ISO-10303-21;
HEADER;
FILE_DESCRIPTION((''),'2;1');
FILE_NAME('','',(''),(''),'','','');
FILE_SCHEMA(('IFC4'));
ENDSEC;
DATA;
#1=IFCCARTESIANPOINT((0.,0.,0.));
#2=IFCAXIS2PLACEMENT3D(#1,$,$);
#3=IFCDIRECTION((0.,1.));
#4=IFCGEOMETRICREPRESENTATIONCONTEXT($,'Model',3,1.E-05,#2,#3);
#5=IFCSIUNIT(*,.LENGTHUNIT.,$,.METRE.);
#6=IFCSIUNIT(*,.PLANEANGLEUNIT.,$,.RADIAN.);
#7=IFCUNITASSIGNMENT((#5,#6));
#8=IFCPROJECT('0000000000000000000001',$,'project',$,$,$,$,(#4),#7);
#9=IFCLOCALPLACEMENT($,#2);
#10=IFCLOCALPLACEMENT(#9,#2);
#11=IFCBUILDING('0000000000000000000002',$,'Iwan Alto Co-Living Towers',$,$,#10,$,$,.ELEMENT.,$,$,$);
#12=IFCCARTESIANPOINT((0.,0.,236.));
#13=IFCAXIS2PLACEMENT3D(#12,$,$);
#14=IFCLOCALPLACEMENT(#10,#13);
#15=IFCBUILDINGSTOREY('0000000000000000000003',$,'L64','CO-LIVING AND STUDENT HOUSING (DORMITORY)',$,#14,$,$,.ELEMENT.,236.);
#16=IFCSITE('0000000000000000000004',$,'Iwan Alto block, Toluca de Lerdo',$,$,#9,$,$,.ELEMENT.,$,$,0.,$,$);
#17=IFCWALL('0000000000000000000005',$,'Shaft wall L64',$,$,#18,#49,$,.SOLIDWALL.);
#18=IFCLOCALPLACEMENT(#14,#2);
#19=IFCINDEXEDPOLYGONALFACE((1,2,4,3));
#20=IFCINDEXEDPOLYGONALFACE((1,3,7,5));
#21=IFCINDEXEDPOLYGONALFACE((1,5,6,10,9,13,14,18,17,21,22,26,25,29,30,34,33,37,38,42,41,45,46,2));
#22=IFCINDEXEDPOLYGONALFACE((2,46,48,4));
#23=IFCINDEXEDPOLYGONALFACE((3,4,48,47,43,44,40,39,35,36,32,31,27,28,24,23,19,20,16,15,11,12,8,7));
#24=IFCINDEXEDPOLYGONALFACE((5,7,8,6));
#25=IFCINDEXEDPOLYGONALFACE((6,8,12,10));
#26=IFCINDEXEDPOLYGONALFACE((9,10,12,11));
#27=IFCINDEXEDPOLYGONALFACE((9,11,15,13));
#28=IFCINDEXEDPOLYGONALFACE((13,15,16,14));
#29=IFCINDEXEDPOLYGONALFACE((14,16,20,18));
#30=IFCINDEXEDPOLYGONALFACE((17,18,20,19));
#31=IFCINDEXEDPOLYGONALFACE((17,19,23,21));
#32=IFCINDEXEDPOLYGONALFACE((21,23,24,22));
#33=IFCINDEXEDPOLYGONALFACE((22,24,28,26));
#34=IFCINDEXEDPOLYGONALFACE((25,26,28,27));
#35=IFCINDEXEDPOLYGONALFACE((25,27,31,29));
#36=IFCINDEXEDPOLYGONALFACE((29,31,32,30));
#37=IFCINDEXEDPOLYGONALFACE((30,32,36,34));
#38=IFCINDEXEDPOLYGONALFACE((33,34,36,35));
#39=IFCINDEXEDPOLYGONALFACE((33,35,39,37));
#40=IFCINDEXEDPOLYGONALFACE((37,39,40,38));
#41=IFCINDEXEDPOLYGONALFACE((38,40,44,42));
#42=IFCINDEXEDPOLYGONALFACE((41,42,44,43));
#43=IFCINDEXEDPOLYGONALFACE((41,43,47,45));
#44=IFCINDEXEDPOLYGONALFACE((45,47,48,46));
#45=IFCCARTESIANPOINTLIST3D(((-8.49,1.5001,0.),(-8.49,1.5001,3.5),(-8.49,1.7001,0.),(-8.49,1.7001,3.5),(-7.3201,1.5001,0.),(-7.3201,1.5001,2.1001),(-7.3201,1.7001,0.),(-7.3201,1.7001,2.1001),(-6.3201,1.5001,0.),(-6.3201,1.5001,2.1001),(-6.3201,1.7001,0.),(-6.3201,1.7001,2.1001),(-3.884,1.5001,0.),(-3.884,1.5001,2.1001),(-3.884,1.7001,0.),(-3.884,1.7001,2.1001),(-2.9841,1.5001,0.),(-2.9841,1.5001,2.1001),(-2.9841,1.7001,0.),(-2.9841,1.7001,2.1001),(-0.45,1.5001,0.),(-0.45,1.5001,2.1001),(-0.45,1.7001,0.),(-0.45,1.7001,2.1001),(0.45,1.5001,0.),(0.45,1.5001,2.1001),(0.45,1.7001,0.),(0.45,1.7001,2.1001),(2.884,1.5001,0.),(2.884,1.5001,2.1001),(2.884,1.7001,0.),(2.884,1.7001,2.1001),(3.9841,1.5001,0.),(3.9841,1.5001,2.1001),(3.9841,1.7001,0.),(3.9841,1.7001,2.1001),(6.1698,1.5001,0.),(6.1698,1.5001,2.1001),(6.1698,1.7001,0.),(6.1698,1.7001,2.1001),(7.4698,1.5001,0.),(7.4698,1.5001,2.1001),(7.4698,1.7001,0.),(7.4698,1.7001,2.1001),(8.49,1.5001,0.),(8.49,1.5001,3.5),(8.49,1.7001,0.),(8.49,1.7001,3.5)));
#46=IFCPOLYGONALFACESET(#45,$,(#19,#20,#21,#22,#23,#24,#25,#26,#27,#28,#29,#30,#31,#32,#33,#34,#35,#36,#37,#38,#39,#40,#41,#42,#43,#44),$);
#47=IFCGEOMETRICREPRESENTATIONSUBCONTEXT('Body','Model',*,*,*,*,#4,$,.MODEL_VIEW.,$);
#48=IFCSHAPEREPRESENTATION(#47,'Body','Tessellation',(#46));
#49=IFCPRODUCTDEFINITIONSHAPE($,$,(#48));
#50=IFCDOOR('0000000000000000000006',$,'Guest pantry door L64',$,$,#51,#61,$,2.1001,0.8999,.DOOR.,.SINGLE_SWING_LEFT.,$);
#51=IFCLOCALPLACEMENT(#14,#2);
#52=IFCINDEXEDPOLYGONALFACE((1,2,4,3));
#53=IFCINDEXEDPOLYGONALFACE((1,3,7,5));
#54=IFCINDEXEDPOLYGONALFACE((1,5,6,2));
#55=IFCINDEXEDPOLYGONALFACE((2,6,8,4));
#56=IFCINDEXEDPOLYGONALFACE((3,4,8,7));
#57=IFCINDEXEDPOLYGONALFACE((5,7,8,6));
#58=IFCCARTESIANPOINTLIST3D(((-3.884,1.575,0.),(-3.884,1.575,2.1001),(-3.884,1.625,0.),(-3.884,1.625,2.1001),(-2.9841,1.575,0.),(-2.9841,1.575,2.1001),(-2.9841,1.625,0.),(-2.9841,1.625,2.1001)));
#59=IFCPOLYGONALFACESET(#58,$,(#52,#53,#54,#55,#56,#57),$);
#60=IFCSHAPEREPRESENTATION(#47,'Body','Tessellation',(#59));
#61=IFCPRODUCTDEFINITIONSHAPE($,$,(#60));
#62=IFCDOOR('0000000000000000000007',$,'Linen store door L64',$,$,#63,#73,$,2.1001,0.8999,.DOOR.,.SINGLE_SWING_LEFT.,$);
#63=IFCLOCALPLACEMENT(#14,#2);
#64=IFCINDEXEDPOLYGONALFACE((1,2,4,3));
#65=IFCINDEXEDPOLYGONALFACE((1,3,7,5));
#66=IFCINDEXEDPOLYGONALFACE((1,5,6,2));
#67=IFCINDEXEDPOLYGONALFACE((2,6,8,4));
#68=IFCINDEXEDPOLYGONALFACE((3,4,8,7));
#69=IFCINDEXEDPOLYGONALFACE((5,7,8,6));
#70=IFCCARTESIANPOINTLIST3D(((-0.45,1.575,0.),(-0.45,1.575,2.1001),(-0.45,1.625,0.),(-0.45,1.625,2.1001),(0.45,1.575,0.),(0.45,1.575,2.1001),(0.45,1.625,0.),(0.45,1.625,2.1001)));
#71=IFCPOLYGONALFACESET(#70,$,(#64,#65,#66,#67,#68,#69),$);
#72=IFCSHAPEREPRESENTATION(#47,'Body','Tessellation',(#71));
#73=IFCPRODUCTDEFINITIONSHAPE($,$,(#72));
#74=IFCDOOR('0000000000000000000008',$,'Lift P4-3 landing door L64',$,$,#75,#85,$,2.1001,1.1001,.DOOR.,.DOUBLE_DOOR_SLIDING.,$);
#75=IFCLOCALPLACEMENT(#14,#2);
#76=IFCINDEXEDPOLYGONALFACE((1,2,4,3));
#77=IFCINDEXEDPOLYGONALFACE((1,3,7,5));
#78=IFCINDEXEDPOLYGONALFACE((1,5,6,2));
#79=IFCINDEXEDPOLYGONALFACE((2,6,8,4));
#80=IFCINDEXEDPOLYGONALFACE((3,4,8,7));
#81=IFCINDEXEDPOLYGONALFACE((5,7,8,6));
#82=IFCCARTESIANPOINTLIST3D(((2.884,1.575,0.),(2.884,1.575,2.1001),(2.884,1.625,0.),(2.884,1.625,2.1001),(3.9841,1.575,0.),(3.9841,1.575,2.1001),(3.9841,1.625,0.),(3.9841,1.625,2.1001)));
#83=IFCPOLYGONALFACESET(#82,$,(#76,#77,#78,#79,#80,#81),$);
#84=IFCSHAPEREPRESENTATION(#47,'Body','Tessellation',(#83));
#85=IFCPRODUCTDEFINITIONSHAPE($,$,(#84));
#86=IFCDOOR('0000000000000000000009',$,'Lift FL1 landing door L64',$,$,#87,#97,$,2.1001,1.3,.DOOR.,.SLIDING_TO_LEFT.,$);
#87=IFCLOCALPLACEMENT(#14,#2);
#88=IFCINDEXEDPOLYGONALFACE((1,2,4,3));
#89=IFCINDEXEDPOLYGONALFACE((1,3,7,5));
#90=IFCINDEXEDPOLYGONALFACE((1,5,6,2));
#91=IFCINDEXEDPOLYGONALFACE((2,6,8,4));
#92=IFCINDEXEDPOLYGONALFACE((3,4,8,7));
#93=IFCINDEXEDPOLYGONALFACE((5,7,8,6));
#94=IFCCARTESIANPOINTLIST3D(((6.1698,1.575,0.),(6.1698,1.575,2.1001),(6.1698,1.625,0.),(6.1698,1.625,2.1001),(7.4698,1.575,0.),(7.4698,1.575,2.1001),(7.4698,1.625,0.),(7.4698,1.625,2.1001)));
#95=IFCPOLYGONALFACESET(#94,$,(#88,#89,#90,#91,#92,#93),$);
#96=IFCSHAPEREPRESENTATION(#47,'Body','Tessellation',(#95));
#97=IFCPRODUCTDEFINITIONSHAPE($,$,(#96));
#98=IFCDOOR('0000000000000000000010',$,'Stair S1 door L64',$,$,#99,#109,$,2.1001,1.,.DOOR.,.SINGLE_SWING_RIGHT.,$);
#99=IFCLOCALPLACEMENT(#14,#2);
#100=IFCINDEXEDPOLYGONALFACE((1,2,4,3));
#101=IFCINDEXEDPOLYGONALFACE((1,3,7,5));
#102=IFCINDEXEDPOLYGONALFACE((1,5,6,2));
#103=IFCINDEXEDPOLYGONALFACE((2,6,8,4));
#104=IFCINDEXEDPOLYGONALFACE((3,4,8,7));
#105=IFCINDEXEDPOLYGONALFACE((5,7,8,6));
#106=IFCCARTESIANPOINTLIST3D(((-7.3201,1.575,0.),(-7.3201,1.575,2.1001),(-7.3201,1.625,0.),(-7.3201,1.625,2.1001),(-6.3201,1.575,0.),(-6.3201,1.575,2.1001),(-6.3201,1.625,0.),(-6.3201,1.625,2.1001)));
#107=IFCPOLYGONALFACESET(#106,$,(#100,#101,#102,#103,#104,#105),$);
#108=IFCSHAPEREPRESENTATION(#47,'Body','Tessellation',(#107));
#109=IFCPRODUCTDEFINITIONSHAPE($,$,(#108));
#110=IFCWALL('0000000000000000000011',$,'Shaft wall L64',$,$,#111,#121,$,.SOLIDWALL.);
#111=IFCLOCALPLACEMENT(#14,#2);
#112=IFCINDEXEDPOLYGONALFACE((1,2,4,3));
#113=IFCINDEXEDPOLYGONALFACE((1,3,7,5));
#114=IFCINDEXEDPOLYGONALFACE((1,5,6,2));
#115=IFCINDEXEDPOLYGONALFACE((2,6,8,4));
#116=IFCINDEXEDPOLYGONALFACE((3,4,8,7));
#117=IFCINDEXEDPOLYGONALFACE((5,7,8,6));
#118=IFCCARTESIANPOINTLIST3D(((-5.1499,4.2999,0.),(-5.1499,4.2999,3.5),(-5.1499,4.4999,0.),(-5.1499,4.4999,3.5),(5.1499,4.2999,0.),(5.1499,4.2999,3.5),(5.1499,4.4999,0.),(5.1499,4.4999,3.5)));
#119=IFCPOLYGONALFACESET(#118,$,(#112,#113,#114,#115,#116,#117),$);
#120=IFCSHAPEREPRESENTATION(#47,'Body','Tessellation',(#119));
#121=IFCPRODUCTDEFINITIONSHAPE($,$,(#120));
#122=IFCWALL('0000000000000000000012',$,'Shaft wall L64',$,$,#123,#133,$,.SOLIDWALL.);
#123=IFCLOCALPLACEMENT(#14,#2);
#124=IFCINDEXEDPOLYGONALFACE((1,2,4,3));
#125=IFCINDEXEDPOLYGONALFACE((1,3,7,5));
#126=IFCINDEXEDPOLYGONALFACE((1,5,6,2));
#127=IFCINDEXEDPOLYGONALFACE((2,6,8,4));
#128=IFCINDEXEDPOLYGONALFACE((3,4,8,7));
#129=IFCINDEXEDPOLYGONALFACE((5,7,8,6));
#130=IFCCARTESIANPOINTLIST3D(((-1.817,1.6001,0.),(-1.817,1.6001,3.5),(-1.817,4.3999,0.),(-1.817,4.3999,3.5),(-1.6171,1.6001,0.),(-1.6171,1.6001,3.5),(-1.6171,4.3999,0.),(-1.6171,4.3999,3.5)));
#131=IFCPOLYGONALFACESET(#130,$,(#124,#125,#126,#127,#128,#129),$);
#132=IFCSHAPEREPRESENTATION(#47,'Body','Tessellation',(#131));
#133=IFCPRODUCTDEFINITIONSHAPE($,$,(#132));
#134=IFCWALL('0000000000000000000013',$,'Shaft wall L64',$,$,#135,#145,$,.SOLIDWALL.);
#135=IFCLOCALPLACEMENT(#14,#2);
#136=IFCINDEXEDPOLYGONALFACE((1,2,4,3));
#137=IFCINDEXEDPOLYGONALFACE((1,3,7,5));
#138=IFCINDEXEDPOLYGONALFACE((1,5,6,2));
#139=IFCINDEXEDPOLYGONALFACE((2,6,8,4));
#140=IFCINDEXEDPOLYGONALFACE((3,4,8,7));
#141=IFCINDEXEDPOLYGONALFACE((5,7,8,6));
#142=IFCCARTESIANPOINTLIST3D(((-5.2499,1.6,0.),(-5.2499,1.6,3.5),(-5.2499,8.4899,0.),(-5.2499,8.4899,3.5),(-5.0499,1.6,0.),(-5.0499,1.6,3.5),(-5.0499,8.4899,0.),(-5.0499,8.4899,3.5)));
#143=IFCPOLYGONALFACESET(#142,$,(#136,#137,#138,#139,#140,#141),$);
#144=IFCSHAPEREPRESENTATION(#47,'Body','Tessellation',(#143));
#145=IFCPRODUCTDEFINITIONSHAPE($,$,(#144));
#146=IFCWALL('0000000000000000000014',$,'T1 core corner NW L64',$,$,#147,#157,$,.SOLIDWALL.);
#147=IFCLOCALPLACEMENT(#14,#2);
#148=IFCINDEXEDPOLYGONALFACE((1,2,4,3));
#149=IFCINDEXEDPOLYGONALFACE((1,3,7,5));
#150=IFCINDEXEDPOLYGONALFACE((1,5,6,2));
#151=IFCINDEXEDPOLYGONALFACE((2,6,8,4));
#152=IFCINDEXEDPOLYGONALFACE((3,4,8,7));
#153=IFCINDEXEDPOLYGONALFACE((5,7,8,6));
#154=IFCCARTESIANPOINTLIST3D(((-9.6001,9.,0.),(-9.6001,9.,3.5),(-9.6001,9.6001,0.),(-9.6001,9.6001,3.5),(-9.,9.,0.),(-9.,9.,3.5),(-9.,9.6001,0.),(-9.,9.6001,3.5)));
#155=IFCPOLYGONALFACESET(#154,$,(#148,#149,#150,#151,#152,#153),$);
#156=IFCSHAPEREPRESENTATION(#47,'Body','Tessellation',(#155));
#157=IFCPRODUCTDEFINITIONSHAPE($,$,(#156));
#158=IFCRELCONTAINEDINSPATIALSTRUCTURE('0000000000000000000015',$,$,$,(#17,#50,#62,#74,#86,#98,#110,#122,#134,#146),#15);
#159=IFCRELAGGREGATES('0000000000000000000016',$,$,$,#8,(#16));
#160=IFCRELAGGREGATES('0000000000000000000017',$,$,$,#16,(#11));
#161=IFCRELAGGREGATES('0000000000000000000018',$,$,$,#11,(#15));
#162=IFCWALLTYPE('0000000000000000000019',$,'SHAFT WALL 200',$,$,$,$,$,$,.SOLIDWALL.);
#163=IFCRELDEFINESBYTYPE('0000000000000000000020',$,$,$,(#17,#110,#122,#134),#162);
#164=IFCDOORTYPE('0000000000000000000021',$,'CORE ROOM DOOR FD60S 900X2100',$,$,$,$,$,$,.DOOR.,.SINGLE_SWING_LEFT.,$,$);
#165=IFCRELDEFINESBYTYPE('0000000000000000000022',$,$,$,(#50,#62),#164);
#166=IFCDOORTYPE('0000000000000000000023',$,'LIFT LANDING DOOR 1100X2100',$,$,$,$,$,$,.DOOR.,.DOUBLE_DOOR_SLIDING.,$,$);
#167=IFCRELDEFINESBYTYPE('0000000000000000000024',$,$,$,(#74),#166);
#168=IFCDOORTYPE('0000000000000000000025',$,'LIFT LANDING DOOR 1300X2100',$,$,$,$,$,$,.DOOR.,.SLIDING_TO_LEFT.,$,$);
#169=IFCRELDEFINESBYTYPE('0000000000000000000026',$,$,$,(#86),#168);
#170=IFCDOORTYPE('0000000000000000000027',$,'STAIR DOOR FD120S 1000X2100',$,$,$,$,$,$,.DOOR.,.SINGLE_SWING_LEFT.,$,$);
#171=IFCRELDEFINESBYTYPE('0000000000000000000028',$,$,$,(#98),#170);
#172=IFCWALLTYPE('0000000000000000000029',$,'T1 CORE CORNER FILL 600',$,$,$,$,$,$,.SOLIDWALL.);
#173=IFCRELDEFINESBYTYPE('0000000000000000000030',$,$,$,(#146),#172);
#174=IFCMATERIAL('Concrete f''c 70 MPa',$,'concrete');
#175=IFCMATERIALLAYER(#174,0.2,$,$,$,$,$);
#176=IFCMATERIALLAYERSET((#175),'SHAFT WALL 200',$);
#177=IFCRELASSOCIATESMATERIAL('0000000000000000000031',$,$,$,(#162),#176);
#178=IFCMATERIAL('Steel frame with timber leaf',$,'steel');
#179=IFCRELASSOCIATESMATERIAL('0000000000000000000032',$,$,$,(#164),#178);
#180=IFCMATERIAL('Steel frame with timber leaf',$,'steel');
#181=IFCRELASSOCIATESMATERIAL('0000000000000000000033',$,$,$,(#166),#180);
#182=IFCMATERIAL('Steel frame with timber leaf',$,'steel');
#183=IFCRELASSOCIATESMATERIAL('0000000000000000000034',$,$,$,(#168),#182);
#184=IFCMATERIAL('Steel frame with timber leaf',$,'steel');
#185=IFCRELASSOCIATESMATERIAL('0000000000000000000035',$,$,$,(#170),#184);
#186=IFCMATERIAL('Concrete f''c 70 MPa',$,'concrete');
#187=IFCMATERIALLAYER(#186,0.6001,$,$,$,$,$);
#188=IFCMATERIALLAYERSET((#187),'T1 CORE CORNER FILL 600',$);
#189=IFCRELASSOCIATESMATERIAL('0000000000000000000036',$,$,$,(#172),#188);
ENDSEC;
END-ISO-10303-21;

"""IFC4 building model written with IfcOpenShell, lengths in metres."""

from ifc_helpers import new_model, si_unit, direction, frame, frame_2d, origin, place, context, subcontext, project, spatial, rectangle, extrude, material, layer, layer_set, type_object, element, fill, save


model = new_model("IFC4")

# Units and contexts
model_context = context("Model", 3, precision=1e-05, world=origin(), true_north=direction((0.0, 1.0)))
body_context = subcontext(model_context, "Body", "Model", "MODEL_VIEW")
ifc_project = project(units=[si_unit("LENGTHUNIT", "METRE"), si_unit("PLANEANGLEUNIT", "RADIAN")], contexts=[model_context])

# Site, building, storey
site_placement = place(None, origin())
site = spatial("IfcSite", under=ifc_project, at=site_placement, Name="Iwan Alto block, Toluca de Lerdo", CompositionType="ELEMENT", RefElevation=0.0)
building_placement = place(site_placement, origin())
building = spatial("IfcBuilding", under=site, at=building_placement, Name="Iwan Alto Co-Living Towers", CompositionType="ELEMENT")
storey_placement = place(building_placement, frame((0.0, 0.0, 236.0)))
storey = spatial("IfcBuildingStorey", under=building, at=storey_placement, Name="L64", Description="CO-LIVING AND STUDENT HOUSING (DORMITORY)", CompositionType="ELEMENT", Elevation=236.0)

# Wall, openings, doors
ifc_material_1 = material(Name="Concrete f'c 70 MPa", Category="concrete")
ifc_layer_1 = layer(ifc_material_1, 0.2)
ifc_layer_set_1 = layer_set([ifc_layer_1], Name="SHAFT WALL 200")
wall_type_1 = type_object("IfcWallType", Name="SHAFT WALL 200", PredefinedType="SOLIDWALL", material=ifc_layer_set_1)
wall_1_placement = place(storey_placement, frame((-8.49, 1.6001, 0.0), z_axis=(0.0, 0.0, 1.0), x_axis=(1.0, 0.0, 0.0)))
wall_1 = element("IfcWall", 1, at=wall_1_placement, inside=storey, type_object=wall_type_1, Name="Shaft wall L64", PredefinedType="SOLIDWALL", context=body_context, shape_type="SweptSolid", body=[
    extrude(rectangle(XDim=16.98, YDim=0.2, at=frame_2d((8.49, 0.0))), origin(), (0.0, 0.0, 1.0), 3.5),
])
opening_1_placement = place(wall_1_placement, frame((1.1699, 0.0, 0.0)))
opening_1 = element("IfcOpeningElement", 2, at=opening_1_placement, cuts=wall_1, PredefinedType="OPENING", context=body_context, shape_type="SweptSolid", body=[
    extrude(rectangle(XDim=1.0, YDim=2.1001, at=frame_2d((0.5, 1.05))), frame((0.0, 0.1099, 0.0), z_axis=(0.0, -1.0, 0.0), x_axis=(1.0, 0.0, 0.0)), (0.0, 0.0, 1.0), 0.22),
])
opening_2_placement = place(wall_1_placement, frame((4.606, 0.0, 0.0)))
opening_2 = element("IfcOpeningElement", 3, at=opening_2_placement, cuts=wall_1, PredefinedType="OPENING", context=body_context, shape_type="SweptSolid", body=[
    extrude(rectangle(XDim=0.8999, YDim=2.1001, at=frame_2d((0.45, 1.05))), frame((0.0, 0.1099, 0.0), z_axis=(0.0, -1.0, 0.0), x_axis=(1.0, 0.0, 0.0)), (0.0, 0.0, 1.0), 0.22),
])
opening_3_placement = place(wall_1_placement, frame((8.04, 0.0, 0.0)))
opening_3 = element("IfcOpeningElement", 4, at=opening_3_placement, cuts=wall_1, PredefinedType="OPENING", context=body_context, shape_type="SweptSolid", body=[
    extrude(rectangle(XDim=0.8999, YDim=2.1001, at=frame_2d((0.45, 1.05))), frame((0.0, 0.1099, 0.0), z_axis=(0.0, -1.0, 0.0), x_axis=(1.0, 0.0, 0.0)), (0.0, 0.0, 1.0), 0.22),
])
opening_4_placement = place(wall_1_placement, frame((11.374, 0.0, 0.0)))
opening_4 = element("IfcOpeningElement", 5, at=opening_4_placement, cuts=wall_1, PredefinedType="OPENING", context=body_context, shape_type="SweptSolid", body=[
    extrude(rectangle(XDim=1.1001, YDim=2.1001, at=frame_2d((0.55, 1.05))), frame((0.0, 0.1099, 0.0), z_axis=(0.0, -1.0, 0.0), x_axis=(1.0, 0.0, 0.0)), (0.0, 0.0, 1.0), 0.22),
])
opening_5_placement = place(wall_1_placement, frame((14.6599, 0.0, 0.0)))
opening_5 = element("IfcOpeningElement", 6, at=opening_5_placement, cuts=wall_1, PredefinedType="OPENING", context=body_context, shape_type="SweptSolid", body=[
    extrude(rectangle(XDim=1.3, YDim=2.1001, at=frame_2d((0.6499, 1.05))), frame((0.0, 0.1099, 0.0), z_axis=(0.0, -1.0, 0.0), x_axis=(1.0, 0.0, 0.0)), (0.0, 0.0, 1.0), 0.22),
])
ifc_material_2 = material(Name="Steel frame with timber leaf", Category="steel")
door_type_1 = type_object("IfcDoorType", Name="CORE ROOM DOOR FD60S 900X2100", OperationType="SINGLE_SWING_LEFT", PredefinedType="DOOR", material=ifc_material_2)
door_1_placement = place(opening_2_placement, origin())
door_1 = element("IfcDoor", 7, at=door_1_placement, inside=storey, type_object=door_type_1, Name="Guest pantry door L64", OperationType="SINGLE_SWING_LEFT", OverallHeight=2.1001, OverallWidth=0.8999, PredefinedType="DOOR", context=body_context, shape_type="SweptSolid", body=[
    extrude(rectangle(XDim=0.8999, YDim=2.1001, at=frame_2d((0.45, 1.05))), frame((0.0, 0.0249, 0.0), z_axis=(0.0, -1.0, 0.0), x_axis=(1.0, 0.0, 0.0)), (0.0, 0.0, 1.0), 0.05),
])
fill(opening_2, door_1)
door_2_placement = place(opening_3_placement, origin())
door_2 = element("IfcDoor", 8, at=door_2_placement, inside=storey, type_object=door_type_1, Name="Linen store door L64", OperationType="SINGLE_SWING_LEFT", OverallHeight=2.1001, OverallWidth=0.8999, PredefinedType="DOOR", context=body_context, shape_type="SweptSolid", body=[
    extrude(rectangle(XDim=0.8999, YDim=2.1001, at=frame_2d((0.45, 1.05))), frame((0.0, 0.0249, 0.0), z_axis=(0.0, -1.0, 0.0), x_axis=(1.0, 0.0, 0.0)), (0.0, 0.0, 1.0), 0.05),
])
fill(opening_3, door_2)
ifc_material_3 = material(Name="Steel frame with timber leaf", Category="steel")
door_type_2 = type_object("IfcDoorType", Name="LIFT LANDING DOOR 1100X2100", OperationType="DOUBLE_DOOR_SLIDING", PredefinedType="DOOR", material=ifc_material_3)
door_3_placement = place(opening_4_placement, origin())
door_3 = element("IfcDoor", 9, at=door_3_placement, inside=storey, type_object=door_type_2, Name="Lift P4-3 landing door L64", OperationType="DOUBLE_DOOR_SLIDING", OverallHeight=2.1001, OverallWidth=1.1001, PredefinedType="DOOR", context=body_context, shape_type="SweptSolid", body=[
    extrude(rectangle(XDim=1.1001, YDim=2.1001, at=frame_2d((0.55, 1.05))), frame((0.0, 0.0249, 0.0), z_axis=(0.0, -1.0, 0.0), x_axis=(1.0, 0.0, 0.0)), (0.0, 0.0, 1.0), 0.05),
])
fill(opening_4, door_3)
ifc_material_4 = material(Name="Steel frame with timber leaf", Category="steel")
door_type_3 = type_object("IfcDoorType", Name="LIFT LANDING DOOR 1300X2100", OperationType="SLIDING_TO_LEFT", PredefinedType="DOOR", material=ifc_material_4)
door_4_placement = place(opening_5_placement, origin())
door_4 = element("IfcDoor", 10, at=door_4_placement, inside=storey, type_object=door_type_3, Name="Lift FL1 landing door L64", OperationType="SLIDING_TO_LEFT", OverallHeight=2.1001, OverallWidth=1.3, PredefinedType="DOOR", context=body_context, shape_type="SweptSolid", body=[
    extrude(rectangle(XDim=1.3, YDim=2.1001, at=frame_2d((0.6499, 1.05))), frame((0.0, 0.0249, 0.0), z_axis=(0.0, -1.0, 0.0), x_axis=(1.0, 0.0, 0.0)), (0.0, 0.0, 1.0), 0.05),
])
fill(opening_5, door_4)
ifc_material_5 = material(Name="Steel frame with timber leaf", Category="steel")
door_type_4 = type_object("IfcDoorType", Name="STAIR DOOR FD120S 1000X2100", OperationType="SINGLE_SWING_LEFT", PredefinedType="DOOR", material=ifc_material_5)
door_5_placement = place(opening_1_placement, origin())
door_5 = element("IfcDoor", 11, at=door_5_placement, inside=storey, type_object=door_type_4, Name="Stair S1 door L64", OperationType="SINGLE_SWING_RIGHT", OverallHeight=2.1001, OverallWidth=1.0, PredefinedType="DOOR", context=body_context, shape_type="SweptSolid", body=[
    extrude(rectangle(XDim=1.0, YDim=2.1001, at=frame_2d((0.5, 1.05))), frame((0.0, 0.0249, 0.0), z_axis=(0.0, -1.0, 0.0), x_axis=(1.0, 0.0, 0.0)), (0.0, 0.0, 1.0), 0.05),
])
fill(opening_1, door_5)

# Walls
wall_2_placement = place(storey_placement, frame((-5.1499, 4.3999, 0.0), z_axis=(0.0, 0.0, 1.0), x_axis=(1.0, 0.0, 0.0)))
element("IfcWall", 12, at=wall_2_placement, inside=storey, type_object=wall_type_1, Name="Shaft wall L64", PredefinedType="SOLIDWALL", context=body_context, shape_type="SweptSolid", body=[
    extrude(rectangle(XDim=10.2998, YDim=0.2, at=frame_2d((5.1499, 0.0))), origin(), (0.0, 0.0, 1.0), 3.5),
])
wall_3_placement = place(storey_placement, frame((-1.717, 1.6001, 0.0), z_axis=(0.0, 0.0, 1.0), x_axis=(0.0, 1.0, 0.0)))
element("IfcWall", 13, at=wall_3_placement, inside=storey, type_object=wall_type_1, Name="Shaft wall L64", PredefinedType="SOLIDWALL", context=body_context, shape_type="SweptSolid", body=[
    extrude(rectangle(XDim=2.7998, YDim=0.2, at=frame_2d((1.3999, 0.0))), origin(), (0.0, 0.0, 1.0), 3.5),
])
wall_4_placement = place(storey_placement, frame((-5.1499, 1.6001, 0.0), z_axis=(0.0, 0.0, 1.0), x_axis=(0.0, 1.0, 0.0)))
element("IfcWall", 14, at=wall_4_placement, inside=storey, type_object=wall_type_1, Name="Shaft wall L64", PredefinedType="SOLIDWALL", context=body_context, shape_type="SweptSolid", body=[
    extrude(rectangle(XDim=6.8899, YDim=0.2, at=frame_2d((3.4448, 0.0))), origin(), (0.0, 0.0, 1.0), 3.5),
])
ifc_material_6 = material(Name="Concrete f'c 70 MPa", Category="concrete")
ifc_layer_2 = layer(ifc_material_6, 0.6001)
ifc_layer_set_2 = layer_set([ifc_layer_2], Name="T1 CORE CORNER FILL 600")
wall_type_2 = type_object("IfcWallType", Name="T1 CORE CORNER FILL 600", PredefinedType="SOLIDWALL", material=ifc_layer_set_2)
wall_5_placement = place(storey_placement, frame((-9.6001, 9.3, 0.0), z_axis=(0.0, 0.0, 1.0), x_axis=(1.0, 0.0, 0.0)))
element("IfcWall", 15, at=wall_5_placement, inside=storey, type_object=wall_type_2, Name="T1 core corner NW L64", PredefinedType="SOLIDWALL", context=body_context, shape_type="SweptSolid", body=[
    extrude(rectangle(XDim=0.6001, YDim=0.6001, at=frame_2d((0.3, 0.0))), origin(), (0.0, 0.0, 1.0), 3.5),
])

save(model, "model.ifc")
